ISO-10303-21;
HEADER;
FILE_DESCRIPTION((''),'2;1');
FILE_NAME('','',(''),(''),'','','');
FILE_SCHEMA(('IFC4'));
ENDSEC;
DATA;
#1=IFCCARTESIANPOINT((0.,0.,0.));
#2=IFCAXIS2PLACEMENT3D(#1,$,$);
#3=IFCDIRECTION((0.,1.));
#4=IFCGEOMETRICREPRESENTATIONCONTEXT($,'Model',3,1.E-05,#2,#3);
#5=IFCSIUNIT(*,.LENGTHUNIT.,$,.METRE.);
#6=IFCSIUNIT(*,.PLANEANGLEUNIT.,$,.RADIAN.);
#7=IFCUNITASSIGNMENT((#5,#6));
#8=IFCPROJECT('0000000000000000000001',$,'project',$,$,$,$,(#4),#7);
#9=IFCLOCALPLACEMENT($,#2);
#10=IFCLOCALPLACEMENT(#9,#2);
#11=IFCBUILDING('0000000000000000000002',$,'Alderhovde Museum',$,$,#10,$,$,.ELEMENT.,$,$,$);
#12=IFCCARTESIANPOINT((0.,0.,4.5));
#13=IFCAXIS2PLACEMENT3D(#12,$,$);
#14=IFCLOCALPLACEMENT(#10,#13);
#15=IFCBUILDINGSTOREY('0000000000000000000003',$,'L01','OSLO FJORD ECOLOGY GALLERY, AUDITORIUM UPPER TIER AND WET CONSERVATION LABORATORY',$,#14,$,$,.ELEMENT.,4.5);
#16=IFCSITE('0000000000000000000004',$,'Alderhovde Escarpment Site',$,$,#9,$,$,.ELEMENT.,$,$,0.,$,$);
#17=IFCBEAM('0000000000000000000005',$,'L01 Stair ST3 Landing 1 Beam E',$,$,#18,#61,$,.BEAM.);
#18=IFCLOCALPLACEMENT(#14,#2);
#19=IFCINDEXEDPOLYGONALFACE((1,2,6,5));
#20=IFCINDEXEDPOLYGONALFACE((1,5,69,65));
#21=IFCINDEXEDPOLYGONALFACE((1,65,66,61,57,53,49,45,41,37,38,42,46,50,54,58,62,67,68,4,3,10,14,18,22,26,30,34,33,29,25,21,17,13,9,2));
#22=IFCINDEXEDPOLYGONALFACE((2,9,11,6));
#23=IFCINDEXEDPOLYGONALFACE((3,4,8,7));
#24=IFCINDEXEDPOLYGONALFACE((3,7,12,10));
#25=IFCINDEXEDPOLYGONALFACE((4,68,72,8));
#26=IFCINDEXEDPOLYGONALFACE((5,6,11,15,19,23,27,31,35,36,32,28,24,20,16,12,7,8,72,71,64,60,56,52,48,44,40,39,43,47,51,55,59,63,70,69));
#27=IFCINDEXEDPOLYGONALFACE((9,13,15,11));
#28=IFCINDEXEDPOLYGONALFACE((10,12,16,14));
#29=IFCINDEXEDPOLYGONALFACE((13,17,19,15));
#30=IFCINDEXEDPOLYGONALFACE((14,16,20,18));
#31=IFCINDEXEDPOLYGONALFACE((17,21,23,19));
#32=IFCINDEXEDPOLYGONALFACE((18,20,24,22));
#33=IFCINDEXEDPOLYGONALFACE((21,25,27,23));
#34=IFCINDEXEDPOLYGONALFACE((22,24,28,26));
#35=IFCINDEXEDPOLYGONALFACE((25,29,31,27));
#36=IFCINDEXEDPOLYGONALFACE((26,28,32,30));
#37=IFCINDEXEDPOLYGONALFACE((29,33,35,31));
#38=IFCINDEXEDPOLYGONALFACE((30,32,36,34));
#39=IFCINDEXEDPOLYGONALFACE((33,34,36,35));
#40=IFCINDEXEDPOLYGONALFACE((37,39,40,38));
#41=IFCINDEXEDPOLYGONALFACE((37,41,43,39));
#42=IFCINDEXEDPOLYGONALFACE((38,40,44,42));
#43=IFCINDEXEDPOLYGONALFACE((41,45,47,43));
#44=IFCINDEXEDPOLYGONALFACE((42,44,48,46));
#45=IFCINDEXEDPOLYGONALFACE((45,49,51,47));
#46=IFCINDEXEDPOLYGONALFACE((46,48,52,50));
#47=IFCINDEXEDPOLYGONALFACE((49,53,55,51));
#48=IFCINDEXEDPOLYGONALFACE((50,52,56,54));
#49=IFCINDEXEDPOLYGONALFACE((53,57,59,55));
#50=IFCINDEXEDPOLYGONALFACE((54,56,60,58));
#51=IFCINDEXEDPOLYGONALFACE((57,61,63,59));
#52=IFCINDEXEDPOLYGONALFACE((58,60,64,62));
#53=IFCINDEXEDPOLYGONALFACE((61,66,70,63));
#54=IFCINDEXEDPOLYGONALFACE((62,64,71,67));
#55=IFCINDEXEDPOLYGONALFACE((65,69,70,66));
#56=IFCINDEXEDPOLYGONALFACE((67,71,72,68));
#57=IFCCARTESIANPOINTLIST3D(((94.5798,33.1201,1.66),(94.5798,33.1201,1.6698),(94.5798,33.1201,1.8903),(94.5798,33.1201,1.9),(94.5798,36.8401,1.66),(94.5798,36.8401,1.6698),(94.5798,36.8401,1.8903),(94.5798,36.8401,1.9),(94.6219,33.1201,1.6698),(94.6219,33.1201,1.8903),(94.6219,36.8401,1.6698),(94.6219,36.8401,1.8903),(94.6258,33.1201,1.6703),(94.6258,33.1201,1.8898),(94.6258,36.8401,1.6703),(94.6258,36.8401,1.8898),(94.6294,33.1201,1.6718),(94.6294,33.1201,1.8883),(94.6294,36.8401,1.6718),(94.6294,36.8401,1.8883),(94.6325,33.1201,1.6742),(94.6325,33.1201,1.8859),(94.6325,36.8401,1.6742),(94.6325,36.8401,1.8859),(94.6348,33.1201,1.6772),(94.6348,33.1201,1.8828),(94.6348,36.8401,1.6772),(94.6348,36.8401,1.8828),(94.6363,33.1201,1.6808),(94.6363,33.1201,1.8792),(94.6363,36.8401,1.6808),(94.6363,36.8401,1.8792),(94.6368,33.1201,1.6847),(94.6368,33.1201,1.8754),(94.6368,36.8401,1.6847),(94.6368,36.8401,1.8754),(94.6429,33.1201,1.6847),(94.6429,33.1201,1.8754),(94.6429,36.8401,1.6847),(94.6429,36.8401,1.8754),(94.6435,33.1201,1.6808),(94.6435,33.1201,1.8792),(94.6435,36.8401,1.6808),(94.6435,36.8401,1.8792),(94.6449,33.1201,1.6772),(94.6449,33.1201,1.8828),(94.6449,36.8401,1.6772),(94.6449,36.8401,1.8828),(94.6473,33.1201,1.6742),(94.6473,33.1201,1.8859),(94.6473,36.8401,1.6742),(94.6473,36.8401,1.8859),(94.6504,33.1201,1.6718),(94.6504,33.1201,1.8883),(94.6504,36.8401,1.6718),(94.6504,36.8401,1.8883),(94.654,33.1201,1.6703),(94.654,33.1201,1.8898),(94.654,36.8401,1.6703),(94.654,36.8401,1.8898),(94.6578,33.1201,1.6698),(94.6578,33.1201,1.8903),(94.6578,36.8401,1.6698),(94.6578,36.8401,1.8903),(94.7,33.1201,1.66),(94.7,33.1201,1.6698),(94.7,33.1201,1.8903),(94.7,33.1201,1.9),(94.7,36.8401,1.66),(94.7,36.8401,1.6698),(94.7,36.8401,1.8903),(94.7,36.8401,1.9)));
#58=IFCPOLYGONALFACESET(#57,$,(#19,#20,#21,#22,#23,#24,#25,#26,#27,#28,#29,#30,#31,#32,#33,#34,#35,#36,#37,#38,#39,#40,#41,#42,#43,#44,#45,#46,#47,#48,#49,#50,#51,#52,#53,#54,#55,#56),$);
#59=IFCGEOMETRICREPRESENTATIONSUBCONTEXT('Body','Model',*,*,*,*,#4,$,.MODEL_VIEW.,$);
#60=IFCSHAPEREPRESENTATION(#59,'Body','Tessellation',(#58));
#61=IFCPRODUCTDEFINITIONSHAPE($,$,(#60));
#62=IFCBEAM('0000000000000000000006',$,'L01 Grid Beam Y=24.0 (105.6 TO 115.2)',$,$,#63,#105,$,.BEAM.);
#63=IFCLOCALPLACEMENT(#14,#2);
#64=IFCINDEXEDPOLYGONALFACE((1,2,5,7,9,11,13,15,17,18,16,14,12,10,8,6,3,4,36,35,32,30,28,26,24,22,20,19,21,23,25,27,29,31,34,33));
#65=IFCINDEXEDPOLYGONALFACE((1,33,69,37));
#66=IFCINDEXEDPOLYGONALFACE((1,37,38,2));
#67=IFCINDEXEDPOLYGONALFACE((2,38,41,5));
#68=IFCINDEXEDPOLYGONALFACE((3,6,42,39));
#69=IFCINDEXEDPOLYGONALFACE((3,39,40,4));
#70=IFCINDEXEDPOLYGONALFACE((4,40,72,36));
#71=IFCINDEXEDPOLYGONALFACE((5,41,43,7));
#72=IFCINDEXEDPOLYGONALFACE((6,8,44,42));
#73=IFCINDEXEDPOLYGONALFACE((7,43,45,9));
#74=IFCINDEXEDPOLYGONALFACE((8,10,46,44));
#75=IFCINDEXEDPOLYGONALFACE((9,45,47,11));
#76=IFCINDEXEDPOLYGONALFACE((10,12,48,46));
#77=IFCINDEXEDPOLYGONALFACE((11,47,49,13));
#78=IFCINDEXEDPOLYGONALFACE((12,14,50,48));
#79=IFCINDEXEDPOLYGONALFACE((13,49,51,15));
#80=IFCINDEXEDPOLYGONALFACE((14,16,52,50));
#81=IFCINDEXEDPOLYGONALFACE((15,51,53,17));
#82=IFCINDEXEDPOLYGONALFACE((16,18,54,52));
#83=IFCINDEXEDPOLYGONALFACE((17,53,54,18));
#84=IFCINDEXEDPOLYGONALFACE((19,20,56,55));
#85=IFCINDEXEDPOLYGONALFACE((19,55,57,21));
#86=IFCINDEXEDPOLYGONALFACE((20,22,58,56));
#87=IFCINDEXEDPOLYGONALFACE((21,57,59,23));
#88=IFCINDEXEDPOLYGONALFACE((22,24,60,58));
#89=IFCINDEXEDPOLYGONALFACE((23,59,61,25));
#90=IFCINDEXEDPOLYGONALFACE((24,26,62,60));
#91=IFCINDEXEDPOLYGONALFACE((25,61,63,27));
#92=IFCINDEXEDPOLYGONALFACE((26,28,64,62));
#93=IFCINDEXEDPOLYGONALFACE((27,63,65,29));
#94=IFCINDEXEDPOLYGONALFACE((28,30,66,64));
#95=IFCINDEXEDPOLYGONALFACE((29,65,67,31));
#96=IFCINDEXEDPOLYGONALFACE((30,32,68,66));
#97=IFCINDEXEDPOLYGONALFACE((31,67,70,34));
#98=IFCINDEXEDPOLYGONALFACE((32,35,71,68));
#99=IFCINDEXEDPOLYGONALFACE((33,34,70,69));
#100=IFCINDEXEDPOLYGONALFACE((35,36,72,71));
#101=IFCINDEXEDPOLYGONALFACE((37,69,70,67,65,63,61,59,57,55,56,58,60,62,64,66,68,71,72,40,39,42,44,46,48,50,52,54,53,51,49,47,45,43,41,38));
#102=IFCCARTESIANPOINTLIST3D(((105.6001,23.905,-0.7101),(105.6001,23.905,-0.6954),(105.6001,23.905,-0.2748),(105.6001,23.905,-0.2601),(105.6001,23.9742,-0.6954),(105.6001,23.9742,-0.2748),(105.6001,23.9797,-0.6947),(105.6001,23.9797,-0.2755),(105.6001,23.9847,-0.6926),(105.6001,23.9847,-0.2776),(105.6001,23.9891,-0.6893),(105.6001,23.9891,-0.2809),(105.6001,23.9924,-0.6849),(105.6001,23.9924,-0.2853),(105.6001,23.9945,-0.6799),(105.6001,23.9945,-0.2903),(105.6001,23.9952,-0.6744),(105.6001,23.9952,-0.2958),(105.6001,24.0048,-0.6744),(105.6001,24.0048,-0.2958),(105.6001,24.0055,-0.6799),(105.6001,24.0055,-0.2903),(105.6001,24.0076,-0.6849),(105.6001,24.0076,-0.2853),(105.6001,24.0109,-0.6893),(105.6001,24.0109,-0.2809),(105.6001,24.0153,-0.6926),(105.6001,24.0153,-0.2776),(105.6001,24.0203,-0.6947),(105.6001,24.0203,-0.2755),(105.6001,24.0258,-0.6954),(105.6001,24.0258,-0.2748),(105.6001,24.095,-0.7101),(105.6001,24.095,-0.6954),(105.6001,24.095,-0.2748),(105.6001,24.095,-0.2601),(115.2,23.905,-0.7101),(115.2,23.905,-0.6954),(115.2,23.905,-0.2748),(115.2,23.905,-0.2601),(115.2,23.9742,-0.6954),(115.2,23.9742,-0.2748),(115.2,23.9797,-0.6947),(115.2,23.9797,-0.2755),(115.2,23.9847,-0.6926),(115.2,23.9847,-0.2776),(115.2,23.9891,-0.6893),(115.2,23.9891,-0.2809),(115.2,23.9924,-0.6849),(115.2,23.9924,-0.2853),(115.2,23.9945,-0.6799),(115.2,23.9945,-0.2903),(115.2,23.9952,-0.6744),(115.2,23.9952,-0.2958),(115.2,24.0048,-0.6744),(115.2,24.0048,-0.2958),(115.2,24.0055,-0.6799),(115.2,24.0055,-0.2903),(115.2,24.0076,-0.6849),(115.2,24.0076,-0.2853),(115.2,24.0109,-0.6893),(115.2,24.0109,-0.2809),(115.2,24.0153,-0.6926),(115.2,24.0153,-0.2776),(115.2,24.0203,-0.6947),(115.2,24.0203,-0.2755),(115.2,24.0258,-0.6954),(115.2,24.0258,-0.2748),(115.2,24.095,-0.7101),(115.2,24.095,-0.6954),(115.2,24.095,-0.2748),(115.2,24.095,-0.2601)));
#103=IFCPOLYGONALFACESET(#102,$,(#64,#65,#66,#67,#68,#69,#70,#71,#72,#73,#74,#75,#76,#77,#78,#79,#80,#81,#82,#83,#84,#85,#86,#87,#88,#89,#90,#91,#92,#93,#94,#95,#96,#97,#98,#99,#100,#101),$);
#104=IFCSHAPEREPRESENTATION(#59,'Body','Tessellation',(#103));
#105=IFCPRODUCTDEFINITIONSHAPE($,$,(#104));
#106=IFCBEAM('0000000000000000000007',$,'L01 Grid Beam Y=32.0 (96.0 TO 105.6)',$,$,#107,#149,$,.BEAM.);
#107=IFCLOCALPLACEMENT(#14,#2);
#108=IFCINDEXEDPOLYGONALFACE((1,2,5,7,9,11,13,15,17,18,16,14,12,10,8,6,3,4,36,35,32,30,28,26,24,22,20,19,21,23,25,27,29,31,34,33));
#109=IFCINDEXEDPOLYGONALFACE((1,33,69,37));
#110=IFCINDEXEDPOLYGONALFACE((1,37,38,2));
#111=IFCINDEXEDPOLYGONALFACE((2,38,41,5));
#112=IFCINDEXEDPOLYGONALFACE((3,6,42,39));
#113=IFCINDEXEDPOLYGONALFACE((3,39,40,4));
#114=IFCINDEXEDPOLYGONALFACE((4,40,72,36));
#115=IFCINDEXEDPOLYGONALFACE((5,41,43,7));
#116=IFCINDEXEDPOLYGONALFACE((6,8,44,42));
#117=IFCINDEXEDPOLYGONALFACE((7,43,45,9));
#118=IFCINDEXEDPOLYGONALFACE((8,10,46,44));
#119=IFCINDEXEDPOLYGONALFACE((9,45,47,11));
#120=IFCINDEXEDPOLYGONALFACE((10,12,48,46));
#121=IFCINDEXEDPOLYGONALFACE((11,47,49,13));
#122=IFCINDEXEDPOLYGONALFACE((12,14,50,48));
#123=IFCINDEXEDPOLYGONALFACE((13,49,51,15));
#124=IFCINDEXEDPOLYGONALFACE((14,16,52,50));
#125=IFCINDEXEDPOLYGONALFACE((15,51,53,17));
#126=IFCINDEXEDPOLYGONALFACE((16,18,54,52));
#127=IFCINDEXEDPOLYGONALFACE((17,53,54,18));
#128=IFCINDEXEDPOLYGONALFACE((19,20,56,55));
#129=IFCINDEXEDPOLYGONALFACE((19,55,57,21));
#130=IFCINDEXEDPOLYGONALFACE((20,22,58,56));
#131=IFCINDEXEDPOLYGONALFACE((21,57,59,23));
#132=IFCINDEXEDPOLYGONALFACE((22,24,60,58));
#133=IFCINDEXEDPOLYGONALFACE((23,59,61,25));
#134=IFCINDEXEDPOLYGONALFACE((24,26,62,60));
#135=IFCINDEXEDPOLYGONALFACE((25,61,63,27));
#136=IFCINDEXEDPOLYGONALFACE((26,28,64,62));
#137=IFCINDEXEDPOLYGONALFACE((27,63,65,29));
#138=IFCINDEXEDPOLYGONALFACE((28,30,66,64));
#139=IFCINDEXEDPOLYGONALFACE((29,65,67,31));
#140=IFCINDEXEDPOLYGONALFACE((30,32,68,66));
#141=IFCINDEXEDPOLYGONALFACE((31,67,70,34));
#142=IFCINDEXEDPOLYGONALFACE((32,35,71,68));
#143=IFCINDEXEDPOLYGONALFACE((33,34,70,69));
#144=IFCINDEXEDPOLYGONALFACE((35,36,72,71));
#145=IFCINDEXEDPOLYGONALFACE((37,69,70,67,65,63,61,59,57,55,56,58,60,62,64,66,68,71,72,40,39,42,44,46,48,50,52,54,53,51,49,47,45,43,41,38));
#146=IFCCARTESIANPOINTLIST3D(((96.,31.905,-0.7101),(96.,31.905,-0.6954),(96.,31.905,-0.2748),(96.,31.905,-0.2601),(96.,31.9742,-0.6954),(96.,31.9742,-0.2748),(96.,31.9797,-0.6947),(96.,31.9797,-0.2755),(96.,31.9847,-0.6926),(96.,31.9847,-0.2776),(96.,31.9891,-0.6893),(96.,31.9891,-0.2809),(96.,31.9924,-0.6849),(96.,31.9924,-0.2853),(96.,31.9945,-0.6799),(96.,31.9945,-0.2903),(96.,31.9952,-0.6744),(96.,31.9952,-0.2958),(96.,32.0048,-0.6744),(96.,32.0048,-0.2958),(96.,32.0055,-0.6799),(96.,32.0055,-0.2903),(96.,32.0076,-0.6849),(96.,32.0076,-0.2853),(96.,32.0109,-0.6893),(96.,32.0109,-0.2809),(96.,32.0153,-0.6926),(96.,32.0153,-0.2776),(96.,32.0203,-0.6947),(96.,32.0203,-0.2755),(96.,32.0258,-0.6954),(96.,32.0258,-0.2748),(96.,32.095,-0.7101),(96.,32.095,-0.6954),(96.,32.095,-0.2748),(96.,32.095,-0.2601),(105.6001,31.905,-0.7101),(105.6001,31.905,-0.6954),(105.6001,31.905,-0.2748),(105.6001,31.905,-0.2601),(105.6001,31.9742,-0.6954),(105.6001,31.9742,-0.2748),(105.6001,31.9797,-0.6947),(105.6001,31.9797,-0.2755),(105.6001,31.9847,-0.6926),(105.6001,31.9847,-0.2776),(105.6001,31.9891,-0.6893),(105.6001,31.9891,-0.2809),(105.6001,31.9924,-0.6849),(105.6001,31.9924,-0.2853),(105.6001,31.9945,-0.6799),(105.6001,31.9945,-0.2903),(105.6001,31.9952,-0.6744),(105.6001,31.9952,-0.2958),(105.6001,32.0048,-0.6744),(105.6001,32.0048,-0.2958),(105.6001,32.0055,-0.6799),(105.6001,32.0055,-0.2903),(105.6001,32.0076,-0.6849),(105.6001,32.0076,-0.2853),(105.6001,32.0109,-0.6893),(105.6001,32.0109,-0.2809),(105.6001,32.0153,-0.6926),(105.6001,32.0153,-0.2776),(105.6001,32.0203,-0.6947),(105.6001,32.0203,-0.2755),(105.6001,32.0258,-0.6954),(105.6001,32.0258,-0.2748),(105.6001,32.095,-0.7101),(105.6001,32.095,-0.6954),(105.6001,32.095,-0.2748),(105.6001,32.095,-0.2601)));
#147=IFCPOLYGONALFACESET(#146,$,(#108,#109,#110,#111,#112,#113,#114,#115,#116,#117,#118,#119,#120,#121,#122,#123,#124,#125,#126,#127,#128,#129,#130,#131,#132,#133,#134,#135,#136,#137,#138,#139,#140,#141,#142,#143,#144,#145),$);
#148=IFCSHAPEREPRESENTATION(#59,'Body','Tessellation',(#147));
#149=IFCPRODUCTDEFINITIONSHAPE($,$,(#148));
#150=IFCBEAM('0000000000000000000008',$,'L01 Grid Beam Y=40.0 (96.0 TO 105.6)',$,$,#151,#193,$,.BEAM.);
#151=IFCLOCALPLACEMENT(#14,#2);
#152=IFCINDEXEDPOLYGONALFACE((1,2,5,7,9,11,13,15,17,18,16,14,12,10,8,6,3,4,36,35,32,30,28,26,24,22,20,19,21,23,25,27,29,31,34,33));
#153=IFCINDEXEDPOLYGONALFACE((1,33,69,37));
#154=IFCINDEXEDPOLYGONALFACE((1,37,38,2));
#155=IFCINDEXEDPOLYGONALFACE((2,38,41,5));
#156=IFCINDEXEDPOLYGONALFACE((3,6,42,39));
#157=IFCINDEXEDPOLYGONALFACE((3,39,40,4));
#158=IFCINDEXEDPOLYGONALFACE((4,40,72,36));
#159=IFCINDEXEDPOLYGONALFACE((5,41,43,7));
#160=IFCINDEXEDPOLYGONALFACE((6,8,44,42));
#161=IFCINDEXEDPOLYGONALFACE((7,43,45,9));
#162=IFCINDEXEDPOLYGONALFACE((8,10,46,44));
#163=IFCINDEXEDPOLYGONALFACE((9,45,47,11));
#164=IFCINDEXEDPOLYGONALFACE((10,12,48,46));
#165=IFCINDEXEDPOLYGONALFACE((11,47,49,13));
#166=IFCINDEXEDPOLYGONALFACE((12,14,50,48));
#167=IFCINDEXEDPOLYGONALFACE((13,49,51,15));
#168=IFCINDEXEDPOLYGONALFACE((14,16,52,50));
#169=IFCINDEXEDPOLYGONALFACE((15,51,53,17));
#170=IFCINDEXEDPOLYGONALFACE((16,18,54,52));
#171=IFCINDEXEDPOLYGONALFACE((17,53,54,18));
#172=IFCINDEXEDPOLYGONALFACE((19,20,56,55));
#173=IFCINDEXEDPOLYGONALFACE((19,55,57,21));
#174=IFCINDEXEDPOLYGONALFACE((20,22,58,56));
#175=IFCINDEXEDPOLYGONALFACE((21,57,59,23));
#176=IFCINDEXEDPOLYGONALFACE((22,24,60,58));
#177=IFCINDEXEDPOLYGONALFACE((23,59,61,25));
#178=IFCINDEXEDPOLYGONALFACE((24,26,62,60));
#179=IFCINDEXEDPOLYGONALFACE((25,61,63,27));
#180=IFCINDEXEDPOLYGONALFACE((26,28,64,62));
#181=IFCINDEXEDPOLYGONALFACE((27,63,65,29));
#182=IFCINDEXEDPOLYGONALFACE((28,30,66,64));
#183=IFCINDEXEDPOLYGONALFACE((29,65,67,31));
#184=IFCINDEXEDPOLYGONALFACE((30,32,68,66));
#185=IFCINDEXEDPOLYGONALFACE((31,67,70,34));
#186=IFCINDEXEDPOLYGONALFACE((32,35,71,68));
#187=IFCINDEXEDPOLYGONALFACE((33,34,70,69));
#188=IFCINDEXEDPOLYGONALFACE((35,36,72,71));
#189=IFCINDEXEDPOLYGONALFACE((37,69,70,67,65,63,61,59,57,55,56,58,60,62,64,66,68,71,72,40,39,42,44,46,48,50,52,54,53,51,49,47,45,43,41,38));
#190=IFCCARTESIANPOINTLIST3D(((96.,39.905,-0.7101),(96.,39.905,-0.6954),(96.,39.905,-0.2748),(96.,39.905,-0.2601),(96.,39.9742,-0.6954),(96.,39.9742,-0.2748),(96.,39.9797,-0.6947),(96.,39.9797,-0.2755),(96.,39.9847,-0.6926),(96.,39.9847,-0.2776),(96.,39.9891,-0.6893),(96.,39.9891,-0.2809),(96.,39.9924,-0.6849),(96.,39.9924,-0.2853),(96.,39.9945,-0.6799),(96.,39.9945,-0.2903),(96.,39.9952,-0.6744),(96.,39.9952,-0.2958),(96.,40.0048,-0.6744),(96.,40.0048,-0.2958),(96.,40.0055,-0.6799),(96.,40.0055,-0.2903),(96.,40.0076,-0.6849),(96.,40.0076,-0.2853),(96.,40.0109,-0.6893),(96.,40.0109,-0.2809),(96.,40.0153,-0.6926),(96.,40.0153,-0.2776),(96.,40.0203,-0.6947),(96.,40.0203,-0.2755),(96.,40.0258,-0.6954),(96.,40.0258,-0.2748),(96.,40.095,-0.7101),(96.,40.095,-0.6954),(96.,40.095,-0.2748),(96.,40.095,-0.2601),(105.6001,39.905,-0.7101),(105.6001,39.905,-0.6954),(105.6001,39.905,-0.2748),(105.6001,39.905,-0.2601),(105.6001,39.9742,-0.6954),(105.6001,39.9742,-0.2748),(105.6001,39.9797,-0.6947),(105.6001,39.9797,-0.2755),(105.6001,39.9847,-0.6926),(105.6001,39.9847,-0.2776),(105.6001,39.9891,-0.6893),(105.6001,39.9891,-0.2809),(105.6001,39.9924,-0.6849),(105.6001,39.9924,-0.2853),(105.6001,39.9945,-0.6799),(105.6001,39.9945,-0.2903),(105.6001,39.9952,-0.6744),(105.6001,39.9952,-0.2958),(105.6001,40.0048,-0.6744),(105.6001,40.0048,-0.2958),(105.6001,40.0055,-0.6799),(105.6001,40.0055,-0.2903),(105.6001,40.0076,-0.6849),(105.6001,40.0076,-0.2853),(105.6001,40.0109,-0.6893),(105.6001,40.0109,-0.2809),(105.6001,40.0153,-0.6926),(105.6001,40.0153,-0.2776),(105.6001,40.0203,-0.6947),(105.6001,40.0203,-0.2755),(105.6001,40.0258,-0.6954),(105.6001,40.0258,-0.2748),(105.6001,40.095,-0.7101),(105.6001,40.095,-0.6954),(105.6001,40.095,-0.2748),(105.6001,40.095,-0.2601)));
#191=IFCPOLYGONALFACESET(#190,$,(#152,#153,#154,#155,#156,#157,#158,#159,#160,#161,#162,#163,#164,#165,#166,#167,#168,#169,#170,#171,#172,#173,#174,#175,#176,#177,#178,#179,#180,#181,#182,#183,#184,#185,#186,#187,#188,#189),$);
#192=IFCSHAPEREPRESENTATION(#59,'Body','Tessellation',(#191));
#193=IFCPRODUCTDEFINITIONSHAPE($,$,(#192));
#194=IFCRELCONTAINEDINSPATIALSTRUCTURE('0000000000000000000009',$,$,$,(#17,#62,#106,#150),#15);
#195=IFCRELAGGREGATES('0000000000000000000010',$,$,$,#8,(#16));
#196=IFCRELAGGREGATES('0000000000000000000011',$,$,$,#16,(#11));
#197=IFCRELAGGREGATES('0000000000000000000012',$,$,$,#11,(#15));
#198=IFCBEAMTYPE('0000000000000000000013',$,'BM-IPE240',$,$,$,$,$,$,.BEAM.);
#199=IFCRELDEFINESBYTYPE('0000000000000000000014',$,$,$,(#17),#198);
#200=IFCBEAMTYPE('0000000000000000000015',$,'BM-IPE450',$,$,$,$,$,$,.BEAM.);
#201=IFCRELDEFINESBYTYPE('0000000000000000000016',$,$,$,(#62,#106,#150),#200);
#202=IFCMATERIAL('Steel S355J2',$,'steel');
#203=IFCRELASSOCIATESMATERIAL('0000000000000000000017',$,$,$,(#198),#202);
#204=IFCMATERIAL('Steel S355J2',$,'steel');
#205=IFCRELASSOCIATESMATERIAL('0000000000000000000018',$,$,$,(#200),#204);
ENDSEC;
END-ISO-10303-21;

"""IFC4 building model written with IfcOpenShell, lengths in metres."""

from ifc_helpers import new_model, si_unit, direction, frame, origin, origin_2d, place, context, subcontext, project, spatial, i_section, extrude, material, material_profile, profile_set, type_object, element, save


model = new_model("IFC4")

# Units and contexts
model_context = context("Model", 3, precision=1e-05, world=origin(), true_north=direction((0.0, 1.0)))
body_context = subcontext(model_context, "Body", "Model", "MODEL_VIEW")
ifc_project = project(units=[si_unit("LENGTHUNIT", "METRE"), si_unit("PLANEANGLEUNIT", "RADIAN")], contexts=[model_context])

# Site, building, storey
site_placement = place(None, origin())
site = spatial("IfcSite", under=ifc_project, at=site_placement, Name="Alderhovde Escarpment Site", CompositionType="ELEMENT", RefElevation=0.0)
building_placement = place(site_placement, origin())
building = spatial("IfcBuilding", under=site, at=building_placement, Name="Alderhovde Museum", CompositionType="ELEMENT")
storey_placement = place(building_placement, frame((0.0, 0.0, 4.5)))
storey = spatial("IfcBuildingStorey", under=building, at=storey_placement, Name="L01", Description="OSLO FJORD ECOLOGY GALLERY, AUDITORIUM UPPER TIER AND WET CONSERVATION LABORATORY", CompositionType="ELEMENT", Elevation=4.5)

# Beams
ifc_material_1 = material(Name="Steel S355J2", Category="steel")
ifc_material_profile_1 = material_profile(ifc_material_1, i_section(OverallWidth=0.1201, OverallDepth=0.24, WebThickness=0.0061, FlangeThickness=0.0098, FilletRadius=0.0149, at=origin_2d()), Name="IPE 240")
ifc_profile_set_1 = profile_set([ifc_material_profile_1], Name="Steel S355J2")
beam_type_1 = type_object("IfcBeamType", Name="BM-IPE240", PredefinedType="BEAM", material=ifc_profile_set_1)
for number, where, z_axis, x_axis, name in (
    (1, (94.6399, 33.1201, 1.78), (0.0, 1.0, 0.0), (-1.0, 0.0, 0.0), "L01 Stair ST3 Landing 1 Beam E"),
):
    element("IfcBeam", number, at=place(storey_placement, frame(where, z_axis=z_axis, x_axis=x_axis)), inside=storey, type_object=beam_type_1, Name=name, PredefinedType="BEAM", context=body_context, shape_type="SweptSolid", body=[
        extrude(i_section(OverallWidth=0.1201, OverallDepth=0.24, WebThickness=0.0061, FlangeThickness=0.0098, FilletRadius=0.0149, at=origin_2d()), origin(), (0.0, 0.0, 1.0), 3.72),
    ])
ifc_material_2 = material(Name="Steel S355J2", Category="steel")
ifc_material_profile_2 = material_profile(ifc_material_2, i_section(OverallWidth=0.1899, OverallDepth=0.45, WebThickness=0.0095, FlangeThickness=0.0146, FilletRadius=0.021, at=origin_2d()), Name="IPE 450")
ifc_profile_set_2 = profile_set([ifc_material_profile_2], Name="Steel S355J2")
beam_type_2 = type_object("IfcBeamType", Name="BM-IPE450", PredefinedType="BEAM", material=ifc_profile_set_2)
beam_placement = place(storey_placement, frame((105.6001, 24.0, -0.4851), z_axis=(1.0, 0.0, 0.0), x_axis=(0.0, 1.0, 0.0)))
element("IfcBeam", 2, at=beam_placement, inside=storey, type_object=beam_type_2, Name="L01 Grid Beam Y=24.0 (105.6 TO 115.2)", PredefinedType="BEAM", context=body_context, shape_type="SweptSolid", body=[
    extrude(i_section(OverallWidth=0.1899, OverallDepth=0.45, WebThickness=0.0095, FlangeThickness=0.0146, FilletRadius=0.021, at=origin_2d()), origin(), (0.0, 0.0, 1.0), 9.5999),
])
for number, where, z_axis, x_axis, name in (
    (3, (96.0, 32.0, -0.4851), (1.0, 0.0, 0.0), (0.0, 1.0, 0.0), "L01 Grid Beam Y=32.0 (96.0 TO 105.6)"),
    (4, (96.0, 40.0, -0.4851), (1.0, 0.0, 0.0), (0.0, 1.0, 0.0), "L01 Grid Beam Y=40.0 (96.0 TO 105.6)"),
):
    element("IfcBeam", number, at=place(storey_placement, frame(where, z_axis=z_axis, x_axis=x_axis)), inside=storey, type_object=beam_type_2, Name=name, PredefinedType="BEAM", context=body_context, shape_type="SweptSolid", body=[
        extrude(i_section(OverallWidth=0.1899, OverallDepth=0.45, WebThickness=0.0095, FlangeThickness=0.0146, FilletRadius=0.021, at=origin_2d()), origin(), (0.0, 0.0, 1.0), 9.6001),
    ])

save(model, "model.ifc")
